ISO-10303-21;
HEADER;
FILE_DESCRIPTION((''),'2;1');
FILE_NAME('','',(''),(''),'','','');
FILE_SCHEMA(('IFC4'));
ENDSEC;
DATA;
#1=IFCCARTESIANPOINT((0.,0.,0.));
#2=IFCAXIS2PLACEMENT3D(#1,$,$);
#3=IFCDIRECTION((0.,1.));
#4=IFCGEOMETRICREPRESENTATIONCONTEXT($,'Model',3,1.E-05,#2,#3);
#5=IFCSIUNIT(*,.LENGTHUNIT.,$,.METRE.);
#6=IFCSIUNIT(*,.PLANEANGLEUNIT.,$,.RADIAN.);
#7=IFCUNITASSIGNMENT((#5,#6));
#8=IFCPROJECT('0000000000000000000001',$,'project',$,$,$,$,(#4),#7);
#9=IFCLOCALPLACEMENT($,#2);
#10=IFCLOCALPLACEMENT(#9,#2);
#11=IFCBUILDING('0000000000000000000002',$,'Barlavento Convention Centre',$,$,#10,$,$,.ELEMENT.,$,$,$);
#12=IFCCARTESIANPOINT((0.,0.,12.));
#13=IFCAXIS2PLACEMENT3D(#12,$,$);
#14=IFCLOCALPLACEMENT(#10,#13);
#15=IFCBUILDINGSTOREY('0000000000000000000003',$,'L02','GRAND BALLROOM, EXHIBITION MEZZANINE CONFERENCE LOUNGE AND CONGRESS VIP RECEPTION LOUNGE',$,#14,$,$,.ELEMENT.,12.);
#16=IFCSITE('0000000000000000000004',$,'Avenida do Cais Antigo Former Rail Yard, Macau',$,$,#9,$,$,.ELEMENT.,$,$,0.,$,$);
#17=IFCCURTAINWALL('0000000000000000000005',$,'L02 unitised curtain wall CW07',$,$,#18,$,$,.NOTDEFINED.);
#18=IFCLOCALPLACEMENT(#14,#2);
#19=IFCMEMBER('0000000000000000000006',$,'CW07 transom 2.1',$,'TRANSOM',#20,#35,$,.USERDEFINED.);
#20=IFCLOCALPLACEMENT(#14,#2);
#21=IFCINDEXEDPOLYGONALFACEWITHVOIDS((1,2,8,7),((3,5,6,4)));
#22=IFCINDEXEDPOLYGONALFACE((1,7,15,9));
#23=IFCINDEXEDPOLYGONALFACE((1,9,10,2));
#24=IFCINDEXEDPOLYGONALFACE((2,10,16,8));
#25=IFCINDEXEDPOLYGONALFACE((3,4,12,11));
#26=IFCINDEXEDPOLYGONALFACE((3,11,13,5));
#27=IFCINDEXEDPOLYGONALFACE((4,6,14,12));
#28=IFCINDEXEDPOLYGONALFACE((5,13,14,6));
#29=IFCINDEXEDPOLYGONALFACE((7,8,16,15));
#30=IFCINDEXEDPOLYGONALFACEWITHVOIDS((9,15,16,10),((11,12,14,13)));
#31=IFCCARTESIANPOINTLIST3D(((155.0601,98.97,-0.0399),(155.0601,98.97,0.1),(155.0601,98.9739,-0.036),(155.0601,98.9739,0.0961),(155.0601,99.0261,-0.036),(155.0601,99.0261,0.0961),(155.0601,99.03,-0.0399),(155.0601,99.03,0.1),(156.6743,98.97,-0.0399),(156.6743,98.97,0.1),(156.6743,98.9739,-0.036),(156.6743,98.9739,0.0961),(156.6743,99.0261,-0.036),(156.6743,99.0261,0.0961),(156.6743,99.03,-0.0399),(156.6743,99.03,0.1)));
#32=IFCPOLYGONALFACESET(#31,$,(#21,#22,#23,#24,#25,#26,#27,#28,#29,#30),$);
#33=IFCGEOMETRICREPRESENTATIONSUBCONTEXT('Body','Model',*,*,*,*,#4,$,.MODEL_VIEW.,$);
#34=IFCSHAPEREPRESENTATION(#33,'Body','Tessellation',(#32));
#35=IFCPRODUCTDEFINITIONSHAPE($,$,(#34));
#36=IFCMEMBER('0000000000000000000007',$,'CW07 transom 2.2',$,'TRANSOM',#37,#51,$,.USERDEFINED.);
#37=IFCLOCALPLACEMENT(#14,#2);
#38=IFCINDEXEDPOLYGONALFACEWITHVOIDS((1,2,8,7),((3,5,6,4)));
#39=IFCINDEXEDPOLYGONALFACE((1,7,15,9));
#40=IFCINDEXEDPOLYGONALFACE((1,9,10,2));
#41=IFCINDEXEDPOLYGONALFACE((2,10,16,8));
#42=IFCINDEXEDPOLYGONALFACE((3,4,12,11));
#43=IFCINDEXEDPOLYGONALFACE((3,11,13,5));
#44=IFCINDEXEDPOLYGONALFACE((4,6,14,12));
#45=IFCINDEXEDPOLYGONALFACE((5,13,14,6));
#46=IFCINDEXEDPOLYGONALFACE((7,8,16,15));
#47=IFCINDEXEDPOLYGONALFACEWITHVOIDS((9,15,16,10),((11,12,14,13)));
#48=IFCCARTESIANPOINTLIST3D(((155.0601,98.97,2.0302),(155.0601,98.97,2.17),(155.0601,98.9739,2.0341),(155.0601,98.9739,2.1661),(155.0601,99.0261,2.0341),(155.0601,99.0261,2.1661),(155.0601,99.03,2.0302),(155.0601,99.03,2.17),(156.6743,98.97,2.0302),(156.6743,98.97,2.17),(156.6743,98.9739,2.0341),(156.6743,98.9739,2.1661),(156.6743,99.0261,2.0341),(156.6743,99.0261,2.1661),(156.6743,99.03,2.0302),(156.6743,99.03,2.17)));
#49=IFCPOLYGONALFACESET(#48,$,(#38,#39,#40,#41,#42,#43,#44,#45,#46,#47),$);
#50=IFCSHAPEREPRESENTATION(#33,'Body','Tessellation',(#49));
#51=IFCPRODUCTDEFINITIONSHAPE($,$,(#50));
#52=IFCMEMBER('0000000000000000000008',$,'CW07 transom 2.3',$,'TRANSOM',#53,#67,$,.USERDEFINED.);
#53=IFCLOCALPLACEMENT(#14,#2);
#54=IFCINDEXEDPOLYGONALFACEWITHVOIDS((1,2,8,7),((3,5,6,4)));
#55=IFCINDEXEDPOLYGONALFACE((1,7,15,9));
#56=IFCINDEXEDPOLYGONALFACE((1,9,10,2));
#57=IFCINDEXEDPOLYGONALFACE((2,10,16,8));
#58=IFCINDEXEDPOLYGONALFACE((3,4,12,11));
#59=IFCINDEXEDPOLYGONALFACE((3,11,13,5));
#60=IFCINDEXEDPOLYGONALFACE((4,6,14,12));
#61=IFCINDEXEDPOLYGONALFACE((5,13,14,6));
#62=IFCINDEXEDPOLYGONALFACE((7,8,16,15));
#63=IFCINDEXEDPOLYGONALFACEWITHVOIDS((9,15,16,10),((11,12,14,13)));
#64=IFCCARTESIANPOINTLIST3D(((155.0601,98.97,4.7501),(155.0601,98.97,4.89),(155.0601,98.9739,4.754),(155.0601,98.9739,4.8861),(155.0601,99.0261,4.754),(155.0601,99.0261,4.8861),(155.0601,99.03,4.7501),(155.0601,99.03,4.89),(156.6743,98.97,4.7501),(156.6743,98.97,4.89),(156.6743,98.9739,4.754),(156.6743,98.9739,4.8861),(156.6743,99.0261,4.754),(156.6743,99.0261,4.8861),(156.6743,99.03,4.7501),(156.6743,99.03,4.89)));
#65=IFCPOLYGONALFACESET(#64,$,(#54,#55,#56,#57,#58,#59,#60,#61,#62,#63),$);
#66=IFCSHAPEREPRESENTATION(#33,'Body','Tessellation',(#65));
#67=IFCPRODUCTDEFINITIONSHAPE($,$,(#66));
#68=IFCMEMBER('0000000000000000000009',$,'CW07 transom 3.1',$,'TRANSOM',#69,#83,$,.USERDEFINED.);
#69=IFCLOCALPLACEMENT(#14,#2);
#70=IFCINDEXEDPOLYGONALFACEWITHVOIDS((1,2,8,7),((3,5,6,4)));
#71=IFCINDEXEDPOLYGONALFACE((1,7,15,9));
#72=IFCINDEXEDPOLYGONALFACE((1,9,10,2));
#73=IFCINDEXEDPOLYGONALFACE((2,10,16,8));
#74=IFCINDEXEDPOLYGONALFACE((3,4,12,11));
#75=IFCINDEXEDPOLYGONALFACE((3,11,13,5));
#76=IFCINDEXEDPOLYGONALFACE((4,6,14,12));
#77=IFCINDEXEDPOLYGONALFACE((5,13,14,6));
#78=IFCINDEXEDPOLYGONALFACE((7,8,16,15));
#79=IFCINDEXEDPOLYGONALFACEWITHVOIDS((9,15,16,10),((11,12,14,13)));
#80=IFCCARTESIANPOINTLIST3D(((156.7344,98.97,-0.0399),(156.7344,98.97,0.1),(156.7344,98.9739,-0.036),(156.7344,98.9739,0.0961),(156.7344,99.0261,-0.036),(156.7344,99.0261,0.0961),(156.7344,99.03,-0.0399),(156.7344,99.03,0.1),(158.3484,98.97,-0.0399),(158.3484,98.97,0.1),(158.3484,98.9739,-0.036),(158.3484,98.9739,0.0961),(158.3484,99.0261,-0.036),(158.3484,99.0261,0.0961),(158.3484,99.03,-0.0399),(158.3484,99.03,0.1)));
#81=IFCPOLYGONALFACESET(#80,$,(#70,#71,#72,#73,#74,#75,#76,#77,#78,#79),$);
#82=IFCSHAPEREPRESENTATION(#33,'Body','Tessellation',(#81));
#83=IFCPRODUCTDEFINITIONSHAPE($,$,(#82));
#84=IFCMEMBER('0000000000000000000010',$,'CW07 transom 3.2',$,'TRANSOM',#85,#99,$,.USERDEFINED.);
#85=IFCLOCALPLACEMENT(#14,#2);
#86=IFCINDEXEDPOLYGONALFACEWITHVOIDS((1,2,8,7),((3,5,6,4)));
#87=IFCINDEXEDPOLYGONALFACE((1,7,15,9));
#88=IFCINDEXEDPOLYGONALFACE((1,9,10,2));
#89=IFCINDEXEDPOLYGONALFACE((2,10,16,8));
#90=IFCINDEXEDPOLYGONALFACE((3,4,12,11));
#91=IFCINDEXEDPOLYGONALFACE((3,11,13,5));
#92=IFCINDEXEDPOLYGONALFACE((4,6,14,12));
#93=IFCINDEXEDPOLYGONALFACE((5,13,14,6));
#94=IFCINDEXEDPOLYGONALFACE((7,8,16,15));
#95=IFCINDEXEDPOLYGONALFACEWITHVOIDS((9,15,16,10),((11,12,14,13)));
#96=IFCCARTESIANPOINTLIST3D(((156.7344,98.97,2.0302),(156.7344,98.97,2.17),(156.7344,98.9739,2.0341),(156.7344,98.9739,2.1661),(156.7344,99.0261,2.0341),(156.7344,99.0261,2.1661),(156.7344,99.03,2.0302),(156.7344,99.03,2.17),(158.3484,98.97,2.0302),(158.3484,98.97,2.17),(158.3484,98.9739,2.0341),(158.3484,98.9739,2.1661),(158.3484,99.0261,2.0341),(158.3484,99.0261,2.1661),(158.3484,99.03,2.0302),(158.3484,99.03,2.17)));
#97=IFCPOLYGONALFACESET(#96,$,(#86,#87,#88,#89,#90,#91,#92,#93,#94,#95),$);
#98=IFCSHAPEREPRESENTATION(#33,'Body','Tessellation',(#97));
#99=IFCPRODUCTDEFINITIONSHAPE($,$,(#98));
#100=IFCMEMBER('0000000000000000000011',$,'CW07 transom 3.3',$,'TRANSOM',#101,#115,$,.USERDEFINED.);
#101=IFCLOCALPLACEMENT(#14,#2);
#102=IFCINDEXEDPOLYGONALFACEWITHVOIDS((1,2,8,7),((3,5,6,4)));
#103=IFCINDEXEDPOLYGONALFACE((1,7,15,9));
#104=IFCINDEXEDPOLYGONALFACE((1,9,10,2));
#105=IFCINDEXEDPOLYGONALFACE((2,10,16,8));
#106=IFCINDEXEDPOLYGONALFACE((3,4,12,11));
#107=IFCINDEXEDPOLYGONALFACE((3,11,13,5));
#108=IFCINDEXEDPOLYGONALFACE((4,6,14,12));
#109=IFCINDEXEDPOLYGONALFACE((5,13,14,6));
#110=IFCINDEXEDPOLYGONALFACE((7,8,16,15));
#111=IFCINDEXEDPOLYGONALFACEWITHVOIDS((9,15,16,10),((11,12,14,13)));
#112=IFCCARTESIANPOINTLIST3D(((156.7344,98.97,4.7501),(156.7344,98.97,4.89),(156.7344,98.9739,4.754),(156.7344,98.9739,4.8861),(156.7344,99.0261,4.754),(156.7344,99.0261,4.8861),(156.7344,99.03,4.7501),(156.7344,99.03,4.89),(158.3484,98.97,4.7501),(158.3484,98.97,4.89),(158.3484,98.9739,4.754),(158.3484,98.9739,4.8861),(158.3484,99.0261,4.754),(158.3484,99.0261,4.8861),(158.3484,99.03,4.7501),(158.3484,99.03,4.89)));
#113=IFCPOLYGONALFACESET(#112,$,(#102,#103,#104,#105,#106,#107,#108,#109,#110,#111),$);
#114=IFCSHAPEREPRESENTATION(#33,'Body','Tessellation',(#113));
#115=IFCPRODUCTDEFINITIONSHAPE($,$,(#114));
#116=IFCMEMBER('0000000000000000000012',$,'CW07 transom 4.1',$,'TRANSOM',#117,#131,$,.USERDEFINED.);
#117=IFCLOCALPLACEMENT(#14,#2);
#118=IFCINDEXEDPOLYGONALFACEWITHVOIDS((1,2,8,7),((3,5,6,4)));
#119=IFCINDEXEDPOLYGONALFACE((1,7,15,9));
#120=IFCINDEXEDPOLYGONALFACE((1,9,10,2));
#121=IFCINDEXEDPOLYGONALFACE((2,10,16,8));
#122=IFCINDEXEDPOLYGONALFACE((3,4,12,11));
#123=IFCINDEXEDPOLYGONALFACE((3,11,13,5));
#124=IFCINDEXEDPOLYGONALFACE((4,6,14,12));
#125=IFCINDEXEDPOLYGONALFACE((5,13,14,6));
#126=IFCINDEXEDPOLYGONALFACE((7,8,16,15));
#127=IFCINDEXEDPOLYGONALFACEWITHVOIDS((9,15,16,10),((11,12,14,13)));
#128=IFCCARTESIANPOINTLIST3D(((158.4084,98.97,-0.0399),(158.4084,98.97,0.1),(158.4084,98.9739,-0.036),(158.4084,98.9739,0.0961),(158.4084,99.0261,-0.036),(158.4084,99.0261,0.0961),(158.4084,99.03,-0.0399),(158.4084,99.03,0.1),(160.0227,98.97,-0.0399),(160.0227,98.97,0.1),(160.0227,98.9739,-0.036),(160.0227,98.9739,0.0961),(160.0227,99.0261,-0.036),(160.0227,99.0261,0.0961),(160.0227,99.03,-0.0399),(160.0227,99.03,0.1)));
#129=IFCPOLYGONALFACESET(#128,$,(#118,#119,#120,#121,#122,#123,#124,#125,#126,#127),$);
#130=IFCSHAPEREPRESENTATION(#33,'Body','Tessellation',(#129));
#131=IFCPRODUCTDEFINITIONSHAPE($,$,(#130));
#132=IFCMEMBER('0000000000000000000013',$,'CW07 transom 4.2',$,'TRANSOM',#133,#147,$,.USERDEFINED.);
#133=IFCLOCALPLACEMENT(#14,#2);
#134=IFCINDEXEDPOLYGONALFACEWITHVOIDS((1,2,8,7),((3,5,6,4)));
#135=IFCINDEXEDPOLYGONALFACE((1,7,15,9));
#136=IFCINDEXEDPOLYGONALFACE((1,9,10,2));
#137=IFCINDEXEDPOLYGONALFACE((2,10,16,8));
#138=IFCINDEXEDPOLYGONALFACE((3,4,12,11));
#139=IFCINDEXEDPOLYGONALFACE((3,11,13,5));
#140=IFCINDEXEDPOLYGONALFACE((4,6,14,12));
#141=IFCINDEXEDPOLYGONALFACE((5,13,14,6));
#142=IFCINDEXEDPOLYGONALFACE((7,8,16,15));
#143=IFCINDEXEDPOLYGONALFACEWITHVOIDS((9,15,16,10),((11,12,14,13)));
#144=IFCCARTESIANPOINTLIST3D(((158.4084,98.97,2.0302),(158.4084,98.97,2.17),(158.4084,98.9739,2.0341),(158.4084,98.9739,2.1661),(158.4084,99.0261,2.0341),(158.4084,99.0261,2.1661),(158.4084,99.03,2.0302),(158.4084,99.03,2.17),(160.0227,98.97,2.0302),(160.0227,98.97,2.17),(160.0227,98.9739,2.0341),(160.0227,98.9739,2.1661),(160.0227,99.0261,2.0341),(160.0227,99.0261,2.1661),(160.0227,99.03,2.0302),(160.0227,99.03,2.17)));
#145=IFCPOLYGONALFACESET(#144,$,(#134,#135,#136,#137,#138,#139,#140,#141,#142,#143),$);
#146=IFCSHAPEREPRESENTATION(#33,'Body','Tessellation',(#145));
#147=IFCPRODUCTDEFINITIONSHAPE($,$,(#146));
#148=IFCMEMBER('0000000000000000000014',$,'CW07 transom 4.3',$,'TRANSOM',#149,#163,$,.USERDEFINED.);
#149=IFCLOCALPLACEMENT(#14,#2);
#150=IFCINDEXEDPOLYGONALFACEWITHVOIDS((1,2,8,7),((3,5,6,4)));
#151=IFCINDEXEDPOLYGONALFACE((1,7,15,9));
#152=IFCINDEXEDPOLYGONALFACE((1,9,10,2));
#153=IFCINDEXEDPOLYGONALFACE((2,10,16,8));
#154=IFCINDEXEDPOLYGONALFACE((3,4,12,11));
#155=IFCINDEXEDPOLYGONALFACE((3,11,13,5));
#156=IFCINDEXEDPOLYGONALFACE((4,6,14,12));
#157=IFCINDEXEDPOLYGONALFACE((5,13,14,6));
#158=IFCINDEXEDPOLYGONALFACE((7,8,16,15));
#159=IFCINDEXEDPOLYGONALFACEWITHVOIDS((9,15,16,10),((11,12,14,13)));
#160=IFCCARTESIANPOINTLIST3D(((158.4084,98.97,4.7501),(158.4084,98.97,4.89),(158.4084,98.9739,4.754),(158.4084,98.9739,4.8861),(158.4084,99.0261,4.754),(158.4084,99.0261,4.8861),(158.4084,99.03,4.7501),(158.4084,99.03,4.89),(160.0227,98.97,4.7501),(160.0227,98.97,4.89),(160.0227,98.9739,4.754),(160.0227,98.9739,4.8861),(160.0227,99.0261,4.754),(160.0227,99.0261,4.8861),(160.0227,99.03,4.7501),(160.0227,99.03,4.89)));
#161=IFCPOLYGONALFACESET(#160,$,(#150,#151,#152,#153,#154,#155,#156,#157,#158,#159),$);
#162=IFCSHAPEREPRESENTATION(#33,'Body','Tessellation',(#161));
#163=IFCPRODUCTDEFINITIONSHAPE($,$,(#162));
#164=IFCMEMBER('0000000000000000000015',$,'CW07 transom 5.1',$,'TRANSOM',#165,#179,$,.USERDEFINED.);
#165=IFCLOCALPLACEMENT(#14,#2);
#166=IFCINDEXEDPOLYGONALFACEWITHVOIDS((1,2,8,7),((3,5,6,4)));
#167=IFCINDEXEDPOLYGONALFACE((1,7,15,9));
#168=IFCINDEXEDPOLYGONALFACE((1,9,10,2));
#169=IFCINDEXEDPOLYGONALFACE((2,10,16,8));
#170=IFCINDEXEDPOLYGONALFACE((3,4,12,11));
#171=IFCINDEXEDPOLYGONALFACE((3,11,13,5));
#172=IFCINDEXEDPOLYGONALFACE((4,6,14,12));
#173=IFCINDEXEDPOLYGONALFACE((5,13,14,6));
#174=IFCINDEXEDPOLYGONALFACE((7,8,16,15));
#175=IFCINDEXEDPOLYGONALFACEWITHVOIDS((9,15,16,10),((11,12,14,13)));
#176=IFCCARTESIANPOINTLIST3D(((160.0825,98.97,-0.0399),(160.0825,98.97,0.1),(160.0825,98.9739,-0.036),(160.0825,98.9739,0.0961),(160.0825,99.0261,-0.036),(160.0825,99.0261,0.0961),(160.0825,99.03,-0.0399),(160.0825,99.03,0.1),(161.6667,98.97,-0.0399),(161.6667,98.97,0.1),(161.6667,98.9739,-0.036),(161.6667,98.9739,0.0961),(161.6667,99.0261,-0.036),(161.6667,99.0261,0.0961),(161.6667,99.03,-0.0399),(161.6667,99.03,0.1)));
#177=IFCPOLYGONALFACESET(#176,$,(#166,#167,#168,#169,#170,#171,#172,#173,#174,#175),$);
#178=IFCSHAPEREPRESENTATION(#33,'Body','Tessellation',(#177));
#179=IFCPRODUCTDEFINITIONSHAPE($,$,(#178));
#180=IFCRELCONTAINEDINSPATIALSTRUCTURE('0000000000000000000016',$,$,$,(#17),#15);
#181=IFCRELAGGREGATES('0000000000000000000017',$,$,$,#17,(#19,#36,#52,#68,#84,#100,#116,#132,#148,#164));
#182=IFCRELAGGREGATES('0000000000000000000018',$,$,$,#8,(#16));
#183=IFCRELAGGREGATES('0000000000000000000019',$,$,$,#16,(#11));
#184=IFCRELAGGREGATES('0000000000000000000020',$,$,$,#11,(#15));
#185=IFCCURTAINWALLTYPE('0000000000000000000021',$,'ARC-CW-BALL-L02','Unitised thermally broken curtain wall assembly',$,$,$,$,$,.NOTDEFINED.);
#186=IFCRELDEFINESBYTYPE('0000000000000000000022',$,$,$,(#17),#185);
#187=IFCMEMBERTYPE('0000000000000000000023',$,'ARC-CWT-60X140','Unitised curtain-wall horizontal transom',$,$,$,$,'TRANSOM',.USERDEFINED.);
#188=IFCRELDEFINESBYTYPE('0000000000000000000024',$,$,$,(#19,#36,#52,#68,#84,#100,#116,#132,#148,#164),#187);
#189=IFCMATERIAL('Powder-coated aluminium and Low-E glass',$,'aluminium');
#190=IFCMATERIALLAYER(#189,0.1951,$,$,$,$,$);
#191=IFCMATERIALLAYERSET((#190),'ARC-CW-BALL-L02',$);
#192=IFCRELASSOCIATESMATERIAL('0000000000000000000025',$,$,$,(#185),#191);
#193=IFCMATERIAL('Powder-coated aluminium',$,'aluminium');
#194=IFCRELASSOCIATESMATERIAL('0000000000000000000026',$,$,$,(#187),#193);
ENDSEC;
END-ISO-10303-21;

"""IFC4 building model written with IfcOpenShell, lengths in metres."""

from ifc_helpers import new_model, si_unit, direction, frame, origin, origin_2d, place, context, subcontext, project, spatial, hollow_rectangle, extrude, material, layer, layer_set, material_profile, profile_set, type_object, element, aggregate, save


model = new_model("IFC4")

# Units and contexts
model_context = context("Model", 3, precision=1e-05, world=origin(), true_north=direction((0.0, 1.0)))
body_context = subcontext(model_context, "Body", "Model", "MODEL_VIEW")
ifc_project = project(units=[si_unit("LENGTHUNIT", "METRE"), si_unit("PLANEANGLEUNIT", "RADIAN")], contexts=[model_context])

# Site, building, storey
site_placement = place(None, origin())
site = spatial("IfcSite", under=ifc_project, at=site_placement, Name="Avenida do Cais Antigo Former Rail Yard, Macau", CompositionType="ELEMENT", RefElevation=0.0)
building_placement = place(site_placement, origin())
building = spatial("IfcBuilding", under=site, at=building_placement, Name="Barlavento Convention Centre", CompositionType="ELEMENT")
storey_placement = place(building_placement, frame((0.0, 0.0, 12.0)))
storey = spatial("IfcBuildingStorey", under=building, at=storey_placement, Name="L02", Description="GRAND BALLROOM, EXHIBITION MEZZANINE CONFERENCE LOUNGE AND CONGRESS VIP RECEPTION LOUNGE", CompositionType="ELEMENT", Elevation=12.0)

# Curtain wall, members
ifc_material_1 = material(Name="Powder-coated aluminium and Low-E glass", Category="aluminium")
ifc_layer_1 = layer(ifc_material_1, 0.1951)
ifc_layer_set_1 = layer_set([ifc_layer_1], Name="ARC-CW-BALL-L02")
curtain_wall_type = type_object("IfcCurtainWallType", Name="ARC-CW-BALL-L02", Description="Unitised thermally broken curtain wall assembly", PredefinedType="NOTDEFINED", material=ifc_layer_set_1)
curtain_wall_placement = place(storey_placement, origin())
curtain_wall = element("IfcCurtainWall", 1, at=curtain_wall_placement, inside=storey, type_object=curtain_wall_type, Name="L02 unitised curtain wall CW07", PredefinedType="NOTDEFINED")
ifc_material_2 = material(Name="Powder-coated aluminium", Category="aluminium")
ifc_material_profile_1 = material_profile(ifc_material_2, hollow_rectangle(XDim=0.0601, YDim=0.1399, WallThickness=0.0039, at=origin_2d()), Name="AL-TRAN 60x140x4")
ifc_profile_set_1 = profile_set([ifc_material_profile_1], Name="Powder-coated aluminium")
member_type_1 = type_object("IfcMemberType", Name="ARC-CWT-60X140", Description="Unitised curtain-wall horizontal transom", ElementType="TRANSOM", PredefinedType="USERDEFINED", material=ifc_profile_set_1)
member_1_placement = place(storey_placement, frame((155.0601, 99.0, 0.03), z_axis=(1.0, 0.0, 0.0), x_axis=(0.0, 1.0, 0.0)))
member_1 = element("IfcMember", 2, at=member_1_placement, type_object=member_type_1, Name="CW07 transom 2.1", ObjectType="TRANSOM", PredefinedType="USERDEFINED", context=body_context, shape_type="SweptSolid", body=[
    extrude(hollow_rectangle(XDim=0.0601, YDim=0.1399, WallThickness=0.0039, at=origin_2d()), origin(), (0.0, 0.0, 1.0), 1.6143),
])
member_2_placement = place(storey_placement, frame((155.0601, 99.0, 2.1001), z_axis=(1.0, 0.0, 0.0), x_axis=(0.0, 1.0, 0.0)))
member_2 = element("IfcMember", 3, at=member_2_placement, type_object=member_type_1, Name="CW07 transom 2.2", ObjectType="TRANSOM", PredefinedType="USERDEFINED", context=body_context, shape_type="SweptSolid", body=[
    extrude(hollow_rectangle(XDim=0.0601, YDim=0.1399, WallThickness=0.0039, at=origin_2d()), origin(), (0.0, 0.0, 1.0), 1.6143),
])
member_3_placement = place(storey_placement, frame((155.0601, 99.0, 4.8201), z_axis=(1.0, 0.0, 0.0), x_axis=(0.0, 1.0, 0.0)))
member_3 = element("IfcMember", 4, at=member_3_placement, type_object=member_type_1, Name="CW07 transom 2.3", ObjectType="TRANSOM", PredefinedType="USERDEFINED", context=body_context, shape_type="SweptSolid", body=[
    extrude(hollow_rectangle(XDim=0.0601, YDim=0.1399, WallThickness=0.0039, at=origin_2d()), origin(), (0.0, 0.0, 1.0), 1.6143),
])
member_4_placement = place(storey_placement, frame((156.7344, 99.0, 0.03), z_axis=(1.0, 0.0, 0.0), x_axis=(0.0, 1.0, 0.0)))
member_4 = element("IfcMember", 5, at=member_4_placement, type_object=member_type_1, Name="CW07 transom 3.1", ObjectType="TRANSOM", PredefinedType="USERDEFINED", context=body_context, shape_type="SweptSolid", body=[
    extrude(hollow_rectangle(XDim=0.0601, YDim=0.1399, WallThickness=0.0039, at=origin_2d()), origin(), (0.0, 0.0, 1.0), 1.614),
])
member_5_placement = place(storey_placement, frame((156.7344, 99.0, 2.1001), z_axis=(1.0, 0.0, 0.0), x_axis=(0.0, 1.0, 0.0)))
member_5 = element("IfcMember", 6, at=member_5_placement, type_object=member_type_1, Name="CW07 transom 3.2", ObjectType="TRANSOM", PredefinedType="USERDEFINED", context=body_context, shape_type="SweptSolid", body=[
    extrude(hollow_rectangle(XDim=0.0601, YDim=0.1399, WallThickness=0.0039, at=origin_2d()), origin(), (0.0, 0.0, 1.0), 1.614),
])
member_6_placement = place(storey_placement, frame((156.7344, 99.0, 4.8201), z_axis=(1.0, 0.0, 0.0), x_axis=(0.0, 1.0, 0.0)))
member_6 = element("IfcMember", 7, at=member_6_placement, type_object=member_type_1, Name="CW07 transom 3.3", ObjectType="TRANSOM", PredefinedType="USERDEFINED", context=body_context, shape_type="SweptSolid", body=[
    extrude(hollow_rectangle(XDim=0.0601, YDim=0.1399, WallThickness=0.0039, at=origin_2d()), origin(), (0.0, 0.0, 1.0), 1.614),
])
member_7_placement = place(storey_placement, frame((158.4084, 99.0, 0.03), z_axis=(1.0, 0.0, 0.0), x_axis=(0.0, 1.0, 0.0)))
member_7 = element("IfcMember", 8, at=member_7_placement, type_object=member_type_1, Name="CW07 transom 4.1", ObjectType="TRANSOM", PredefinedType="USERDEFINED", context=body_context, shape_type="SweptSolid", body=[
    extrude(hollow_rectangle(XDim=0.0601, YDim=0.1399, WallThickness=0.0039, at=origin_2d()), origin(), (0.0, 0.0, 1.0), 1.6143),
])
member_8_placement = place(storey_placement, frame((158.4084, 99.0, 2.1001), z_axis=(1.0, 0.0, 0.0), x_axis=(0.0, 1.0, 0.0)))
member_8 = element("IfcMember", 9, at=member_8_placement, type_object=member_type_1, Name="CW07 transom 4.2", ObjectType="TRANSOM", PredefinedType="USERDEFINED", context=body_context, shape_type="SweptSolid", body=[
    extrude(hollow_rectangle(XDim=0.0601, YDim=0.1399, WallThickness=0.0039, at=origin_2d()), origin(), (0.0, 0.0, 1.0), 1.6143),
])
member_9_placement = place(storey_placement, frame((158.4084, 99.0, 4.8201), z_axis=(1.0, 0.0, 0.0), x_axis=(0.0, 1.0, 0.0)))
member_9 = element("IfcMember", 10, at=member_9_placement, type_object=member_type_1, Name="CW07 transom 4.3", ObjectType="TRANSOM", PredefinedType="USERDEFINED", context=body_context, shape_type="SweptSolid", body=[
    extrude(hollow_rectangle(XDim=0.0601, YDim=0.1399, WallThickness=0.0039, at=origin_2d()), origin(), (0.0, 0.0, 1.0), 1.6143),
])
member_10_placement = place(storey_placement, frame((160.0825, 99.0, 0.03), z_axis=(1.0, 0.0, 0.0), x_axis=(0.0, 1.0, 0.0)))
member_10 = element("IfcMember", 11, at=member_10_placement, type_object=member_type_1, Name="CW07 transom 5.1", ObjectType="TRANSOM", PredefinedType="USERDEFINED", context=body_context, shape_type="SweptSolid", body=[
    extrude(hollow_rectangle(XDim=0.0601, YDim=0.1399, WallThickness=0.0039, at=origin_2d()), origin(), (0.0, 0.0, 1.0), 1.5842),
])

aggregate(curtain_wall, [member_1, member_2, member_3, member_4, member_5, member_6, member_7, member_8, member_9, member_10])

save(model, "model.ifc")
